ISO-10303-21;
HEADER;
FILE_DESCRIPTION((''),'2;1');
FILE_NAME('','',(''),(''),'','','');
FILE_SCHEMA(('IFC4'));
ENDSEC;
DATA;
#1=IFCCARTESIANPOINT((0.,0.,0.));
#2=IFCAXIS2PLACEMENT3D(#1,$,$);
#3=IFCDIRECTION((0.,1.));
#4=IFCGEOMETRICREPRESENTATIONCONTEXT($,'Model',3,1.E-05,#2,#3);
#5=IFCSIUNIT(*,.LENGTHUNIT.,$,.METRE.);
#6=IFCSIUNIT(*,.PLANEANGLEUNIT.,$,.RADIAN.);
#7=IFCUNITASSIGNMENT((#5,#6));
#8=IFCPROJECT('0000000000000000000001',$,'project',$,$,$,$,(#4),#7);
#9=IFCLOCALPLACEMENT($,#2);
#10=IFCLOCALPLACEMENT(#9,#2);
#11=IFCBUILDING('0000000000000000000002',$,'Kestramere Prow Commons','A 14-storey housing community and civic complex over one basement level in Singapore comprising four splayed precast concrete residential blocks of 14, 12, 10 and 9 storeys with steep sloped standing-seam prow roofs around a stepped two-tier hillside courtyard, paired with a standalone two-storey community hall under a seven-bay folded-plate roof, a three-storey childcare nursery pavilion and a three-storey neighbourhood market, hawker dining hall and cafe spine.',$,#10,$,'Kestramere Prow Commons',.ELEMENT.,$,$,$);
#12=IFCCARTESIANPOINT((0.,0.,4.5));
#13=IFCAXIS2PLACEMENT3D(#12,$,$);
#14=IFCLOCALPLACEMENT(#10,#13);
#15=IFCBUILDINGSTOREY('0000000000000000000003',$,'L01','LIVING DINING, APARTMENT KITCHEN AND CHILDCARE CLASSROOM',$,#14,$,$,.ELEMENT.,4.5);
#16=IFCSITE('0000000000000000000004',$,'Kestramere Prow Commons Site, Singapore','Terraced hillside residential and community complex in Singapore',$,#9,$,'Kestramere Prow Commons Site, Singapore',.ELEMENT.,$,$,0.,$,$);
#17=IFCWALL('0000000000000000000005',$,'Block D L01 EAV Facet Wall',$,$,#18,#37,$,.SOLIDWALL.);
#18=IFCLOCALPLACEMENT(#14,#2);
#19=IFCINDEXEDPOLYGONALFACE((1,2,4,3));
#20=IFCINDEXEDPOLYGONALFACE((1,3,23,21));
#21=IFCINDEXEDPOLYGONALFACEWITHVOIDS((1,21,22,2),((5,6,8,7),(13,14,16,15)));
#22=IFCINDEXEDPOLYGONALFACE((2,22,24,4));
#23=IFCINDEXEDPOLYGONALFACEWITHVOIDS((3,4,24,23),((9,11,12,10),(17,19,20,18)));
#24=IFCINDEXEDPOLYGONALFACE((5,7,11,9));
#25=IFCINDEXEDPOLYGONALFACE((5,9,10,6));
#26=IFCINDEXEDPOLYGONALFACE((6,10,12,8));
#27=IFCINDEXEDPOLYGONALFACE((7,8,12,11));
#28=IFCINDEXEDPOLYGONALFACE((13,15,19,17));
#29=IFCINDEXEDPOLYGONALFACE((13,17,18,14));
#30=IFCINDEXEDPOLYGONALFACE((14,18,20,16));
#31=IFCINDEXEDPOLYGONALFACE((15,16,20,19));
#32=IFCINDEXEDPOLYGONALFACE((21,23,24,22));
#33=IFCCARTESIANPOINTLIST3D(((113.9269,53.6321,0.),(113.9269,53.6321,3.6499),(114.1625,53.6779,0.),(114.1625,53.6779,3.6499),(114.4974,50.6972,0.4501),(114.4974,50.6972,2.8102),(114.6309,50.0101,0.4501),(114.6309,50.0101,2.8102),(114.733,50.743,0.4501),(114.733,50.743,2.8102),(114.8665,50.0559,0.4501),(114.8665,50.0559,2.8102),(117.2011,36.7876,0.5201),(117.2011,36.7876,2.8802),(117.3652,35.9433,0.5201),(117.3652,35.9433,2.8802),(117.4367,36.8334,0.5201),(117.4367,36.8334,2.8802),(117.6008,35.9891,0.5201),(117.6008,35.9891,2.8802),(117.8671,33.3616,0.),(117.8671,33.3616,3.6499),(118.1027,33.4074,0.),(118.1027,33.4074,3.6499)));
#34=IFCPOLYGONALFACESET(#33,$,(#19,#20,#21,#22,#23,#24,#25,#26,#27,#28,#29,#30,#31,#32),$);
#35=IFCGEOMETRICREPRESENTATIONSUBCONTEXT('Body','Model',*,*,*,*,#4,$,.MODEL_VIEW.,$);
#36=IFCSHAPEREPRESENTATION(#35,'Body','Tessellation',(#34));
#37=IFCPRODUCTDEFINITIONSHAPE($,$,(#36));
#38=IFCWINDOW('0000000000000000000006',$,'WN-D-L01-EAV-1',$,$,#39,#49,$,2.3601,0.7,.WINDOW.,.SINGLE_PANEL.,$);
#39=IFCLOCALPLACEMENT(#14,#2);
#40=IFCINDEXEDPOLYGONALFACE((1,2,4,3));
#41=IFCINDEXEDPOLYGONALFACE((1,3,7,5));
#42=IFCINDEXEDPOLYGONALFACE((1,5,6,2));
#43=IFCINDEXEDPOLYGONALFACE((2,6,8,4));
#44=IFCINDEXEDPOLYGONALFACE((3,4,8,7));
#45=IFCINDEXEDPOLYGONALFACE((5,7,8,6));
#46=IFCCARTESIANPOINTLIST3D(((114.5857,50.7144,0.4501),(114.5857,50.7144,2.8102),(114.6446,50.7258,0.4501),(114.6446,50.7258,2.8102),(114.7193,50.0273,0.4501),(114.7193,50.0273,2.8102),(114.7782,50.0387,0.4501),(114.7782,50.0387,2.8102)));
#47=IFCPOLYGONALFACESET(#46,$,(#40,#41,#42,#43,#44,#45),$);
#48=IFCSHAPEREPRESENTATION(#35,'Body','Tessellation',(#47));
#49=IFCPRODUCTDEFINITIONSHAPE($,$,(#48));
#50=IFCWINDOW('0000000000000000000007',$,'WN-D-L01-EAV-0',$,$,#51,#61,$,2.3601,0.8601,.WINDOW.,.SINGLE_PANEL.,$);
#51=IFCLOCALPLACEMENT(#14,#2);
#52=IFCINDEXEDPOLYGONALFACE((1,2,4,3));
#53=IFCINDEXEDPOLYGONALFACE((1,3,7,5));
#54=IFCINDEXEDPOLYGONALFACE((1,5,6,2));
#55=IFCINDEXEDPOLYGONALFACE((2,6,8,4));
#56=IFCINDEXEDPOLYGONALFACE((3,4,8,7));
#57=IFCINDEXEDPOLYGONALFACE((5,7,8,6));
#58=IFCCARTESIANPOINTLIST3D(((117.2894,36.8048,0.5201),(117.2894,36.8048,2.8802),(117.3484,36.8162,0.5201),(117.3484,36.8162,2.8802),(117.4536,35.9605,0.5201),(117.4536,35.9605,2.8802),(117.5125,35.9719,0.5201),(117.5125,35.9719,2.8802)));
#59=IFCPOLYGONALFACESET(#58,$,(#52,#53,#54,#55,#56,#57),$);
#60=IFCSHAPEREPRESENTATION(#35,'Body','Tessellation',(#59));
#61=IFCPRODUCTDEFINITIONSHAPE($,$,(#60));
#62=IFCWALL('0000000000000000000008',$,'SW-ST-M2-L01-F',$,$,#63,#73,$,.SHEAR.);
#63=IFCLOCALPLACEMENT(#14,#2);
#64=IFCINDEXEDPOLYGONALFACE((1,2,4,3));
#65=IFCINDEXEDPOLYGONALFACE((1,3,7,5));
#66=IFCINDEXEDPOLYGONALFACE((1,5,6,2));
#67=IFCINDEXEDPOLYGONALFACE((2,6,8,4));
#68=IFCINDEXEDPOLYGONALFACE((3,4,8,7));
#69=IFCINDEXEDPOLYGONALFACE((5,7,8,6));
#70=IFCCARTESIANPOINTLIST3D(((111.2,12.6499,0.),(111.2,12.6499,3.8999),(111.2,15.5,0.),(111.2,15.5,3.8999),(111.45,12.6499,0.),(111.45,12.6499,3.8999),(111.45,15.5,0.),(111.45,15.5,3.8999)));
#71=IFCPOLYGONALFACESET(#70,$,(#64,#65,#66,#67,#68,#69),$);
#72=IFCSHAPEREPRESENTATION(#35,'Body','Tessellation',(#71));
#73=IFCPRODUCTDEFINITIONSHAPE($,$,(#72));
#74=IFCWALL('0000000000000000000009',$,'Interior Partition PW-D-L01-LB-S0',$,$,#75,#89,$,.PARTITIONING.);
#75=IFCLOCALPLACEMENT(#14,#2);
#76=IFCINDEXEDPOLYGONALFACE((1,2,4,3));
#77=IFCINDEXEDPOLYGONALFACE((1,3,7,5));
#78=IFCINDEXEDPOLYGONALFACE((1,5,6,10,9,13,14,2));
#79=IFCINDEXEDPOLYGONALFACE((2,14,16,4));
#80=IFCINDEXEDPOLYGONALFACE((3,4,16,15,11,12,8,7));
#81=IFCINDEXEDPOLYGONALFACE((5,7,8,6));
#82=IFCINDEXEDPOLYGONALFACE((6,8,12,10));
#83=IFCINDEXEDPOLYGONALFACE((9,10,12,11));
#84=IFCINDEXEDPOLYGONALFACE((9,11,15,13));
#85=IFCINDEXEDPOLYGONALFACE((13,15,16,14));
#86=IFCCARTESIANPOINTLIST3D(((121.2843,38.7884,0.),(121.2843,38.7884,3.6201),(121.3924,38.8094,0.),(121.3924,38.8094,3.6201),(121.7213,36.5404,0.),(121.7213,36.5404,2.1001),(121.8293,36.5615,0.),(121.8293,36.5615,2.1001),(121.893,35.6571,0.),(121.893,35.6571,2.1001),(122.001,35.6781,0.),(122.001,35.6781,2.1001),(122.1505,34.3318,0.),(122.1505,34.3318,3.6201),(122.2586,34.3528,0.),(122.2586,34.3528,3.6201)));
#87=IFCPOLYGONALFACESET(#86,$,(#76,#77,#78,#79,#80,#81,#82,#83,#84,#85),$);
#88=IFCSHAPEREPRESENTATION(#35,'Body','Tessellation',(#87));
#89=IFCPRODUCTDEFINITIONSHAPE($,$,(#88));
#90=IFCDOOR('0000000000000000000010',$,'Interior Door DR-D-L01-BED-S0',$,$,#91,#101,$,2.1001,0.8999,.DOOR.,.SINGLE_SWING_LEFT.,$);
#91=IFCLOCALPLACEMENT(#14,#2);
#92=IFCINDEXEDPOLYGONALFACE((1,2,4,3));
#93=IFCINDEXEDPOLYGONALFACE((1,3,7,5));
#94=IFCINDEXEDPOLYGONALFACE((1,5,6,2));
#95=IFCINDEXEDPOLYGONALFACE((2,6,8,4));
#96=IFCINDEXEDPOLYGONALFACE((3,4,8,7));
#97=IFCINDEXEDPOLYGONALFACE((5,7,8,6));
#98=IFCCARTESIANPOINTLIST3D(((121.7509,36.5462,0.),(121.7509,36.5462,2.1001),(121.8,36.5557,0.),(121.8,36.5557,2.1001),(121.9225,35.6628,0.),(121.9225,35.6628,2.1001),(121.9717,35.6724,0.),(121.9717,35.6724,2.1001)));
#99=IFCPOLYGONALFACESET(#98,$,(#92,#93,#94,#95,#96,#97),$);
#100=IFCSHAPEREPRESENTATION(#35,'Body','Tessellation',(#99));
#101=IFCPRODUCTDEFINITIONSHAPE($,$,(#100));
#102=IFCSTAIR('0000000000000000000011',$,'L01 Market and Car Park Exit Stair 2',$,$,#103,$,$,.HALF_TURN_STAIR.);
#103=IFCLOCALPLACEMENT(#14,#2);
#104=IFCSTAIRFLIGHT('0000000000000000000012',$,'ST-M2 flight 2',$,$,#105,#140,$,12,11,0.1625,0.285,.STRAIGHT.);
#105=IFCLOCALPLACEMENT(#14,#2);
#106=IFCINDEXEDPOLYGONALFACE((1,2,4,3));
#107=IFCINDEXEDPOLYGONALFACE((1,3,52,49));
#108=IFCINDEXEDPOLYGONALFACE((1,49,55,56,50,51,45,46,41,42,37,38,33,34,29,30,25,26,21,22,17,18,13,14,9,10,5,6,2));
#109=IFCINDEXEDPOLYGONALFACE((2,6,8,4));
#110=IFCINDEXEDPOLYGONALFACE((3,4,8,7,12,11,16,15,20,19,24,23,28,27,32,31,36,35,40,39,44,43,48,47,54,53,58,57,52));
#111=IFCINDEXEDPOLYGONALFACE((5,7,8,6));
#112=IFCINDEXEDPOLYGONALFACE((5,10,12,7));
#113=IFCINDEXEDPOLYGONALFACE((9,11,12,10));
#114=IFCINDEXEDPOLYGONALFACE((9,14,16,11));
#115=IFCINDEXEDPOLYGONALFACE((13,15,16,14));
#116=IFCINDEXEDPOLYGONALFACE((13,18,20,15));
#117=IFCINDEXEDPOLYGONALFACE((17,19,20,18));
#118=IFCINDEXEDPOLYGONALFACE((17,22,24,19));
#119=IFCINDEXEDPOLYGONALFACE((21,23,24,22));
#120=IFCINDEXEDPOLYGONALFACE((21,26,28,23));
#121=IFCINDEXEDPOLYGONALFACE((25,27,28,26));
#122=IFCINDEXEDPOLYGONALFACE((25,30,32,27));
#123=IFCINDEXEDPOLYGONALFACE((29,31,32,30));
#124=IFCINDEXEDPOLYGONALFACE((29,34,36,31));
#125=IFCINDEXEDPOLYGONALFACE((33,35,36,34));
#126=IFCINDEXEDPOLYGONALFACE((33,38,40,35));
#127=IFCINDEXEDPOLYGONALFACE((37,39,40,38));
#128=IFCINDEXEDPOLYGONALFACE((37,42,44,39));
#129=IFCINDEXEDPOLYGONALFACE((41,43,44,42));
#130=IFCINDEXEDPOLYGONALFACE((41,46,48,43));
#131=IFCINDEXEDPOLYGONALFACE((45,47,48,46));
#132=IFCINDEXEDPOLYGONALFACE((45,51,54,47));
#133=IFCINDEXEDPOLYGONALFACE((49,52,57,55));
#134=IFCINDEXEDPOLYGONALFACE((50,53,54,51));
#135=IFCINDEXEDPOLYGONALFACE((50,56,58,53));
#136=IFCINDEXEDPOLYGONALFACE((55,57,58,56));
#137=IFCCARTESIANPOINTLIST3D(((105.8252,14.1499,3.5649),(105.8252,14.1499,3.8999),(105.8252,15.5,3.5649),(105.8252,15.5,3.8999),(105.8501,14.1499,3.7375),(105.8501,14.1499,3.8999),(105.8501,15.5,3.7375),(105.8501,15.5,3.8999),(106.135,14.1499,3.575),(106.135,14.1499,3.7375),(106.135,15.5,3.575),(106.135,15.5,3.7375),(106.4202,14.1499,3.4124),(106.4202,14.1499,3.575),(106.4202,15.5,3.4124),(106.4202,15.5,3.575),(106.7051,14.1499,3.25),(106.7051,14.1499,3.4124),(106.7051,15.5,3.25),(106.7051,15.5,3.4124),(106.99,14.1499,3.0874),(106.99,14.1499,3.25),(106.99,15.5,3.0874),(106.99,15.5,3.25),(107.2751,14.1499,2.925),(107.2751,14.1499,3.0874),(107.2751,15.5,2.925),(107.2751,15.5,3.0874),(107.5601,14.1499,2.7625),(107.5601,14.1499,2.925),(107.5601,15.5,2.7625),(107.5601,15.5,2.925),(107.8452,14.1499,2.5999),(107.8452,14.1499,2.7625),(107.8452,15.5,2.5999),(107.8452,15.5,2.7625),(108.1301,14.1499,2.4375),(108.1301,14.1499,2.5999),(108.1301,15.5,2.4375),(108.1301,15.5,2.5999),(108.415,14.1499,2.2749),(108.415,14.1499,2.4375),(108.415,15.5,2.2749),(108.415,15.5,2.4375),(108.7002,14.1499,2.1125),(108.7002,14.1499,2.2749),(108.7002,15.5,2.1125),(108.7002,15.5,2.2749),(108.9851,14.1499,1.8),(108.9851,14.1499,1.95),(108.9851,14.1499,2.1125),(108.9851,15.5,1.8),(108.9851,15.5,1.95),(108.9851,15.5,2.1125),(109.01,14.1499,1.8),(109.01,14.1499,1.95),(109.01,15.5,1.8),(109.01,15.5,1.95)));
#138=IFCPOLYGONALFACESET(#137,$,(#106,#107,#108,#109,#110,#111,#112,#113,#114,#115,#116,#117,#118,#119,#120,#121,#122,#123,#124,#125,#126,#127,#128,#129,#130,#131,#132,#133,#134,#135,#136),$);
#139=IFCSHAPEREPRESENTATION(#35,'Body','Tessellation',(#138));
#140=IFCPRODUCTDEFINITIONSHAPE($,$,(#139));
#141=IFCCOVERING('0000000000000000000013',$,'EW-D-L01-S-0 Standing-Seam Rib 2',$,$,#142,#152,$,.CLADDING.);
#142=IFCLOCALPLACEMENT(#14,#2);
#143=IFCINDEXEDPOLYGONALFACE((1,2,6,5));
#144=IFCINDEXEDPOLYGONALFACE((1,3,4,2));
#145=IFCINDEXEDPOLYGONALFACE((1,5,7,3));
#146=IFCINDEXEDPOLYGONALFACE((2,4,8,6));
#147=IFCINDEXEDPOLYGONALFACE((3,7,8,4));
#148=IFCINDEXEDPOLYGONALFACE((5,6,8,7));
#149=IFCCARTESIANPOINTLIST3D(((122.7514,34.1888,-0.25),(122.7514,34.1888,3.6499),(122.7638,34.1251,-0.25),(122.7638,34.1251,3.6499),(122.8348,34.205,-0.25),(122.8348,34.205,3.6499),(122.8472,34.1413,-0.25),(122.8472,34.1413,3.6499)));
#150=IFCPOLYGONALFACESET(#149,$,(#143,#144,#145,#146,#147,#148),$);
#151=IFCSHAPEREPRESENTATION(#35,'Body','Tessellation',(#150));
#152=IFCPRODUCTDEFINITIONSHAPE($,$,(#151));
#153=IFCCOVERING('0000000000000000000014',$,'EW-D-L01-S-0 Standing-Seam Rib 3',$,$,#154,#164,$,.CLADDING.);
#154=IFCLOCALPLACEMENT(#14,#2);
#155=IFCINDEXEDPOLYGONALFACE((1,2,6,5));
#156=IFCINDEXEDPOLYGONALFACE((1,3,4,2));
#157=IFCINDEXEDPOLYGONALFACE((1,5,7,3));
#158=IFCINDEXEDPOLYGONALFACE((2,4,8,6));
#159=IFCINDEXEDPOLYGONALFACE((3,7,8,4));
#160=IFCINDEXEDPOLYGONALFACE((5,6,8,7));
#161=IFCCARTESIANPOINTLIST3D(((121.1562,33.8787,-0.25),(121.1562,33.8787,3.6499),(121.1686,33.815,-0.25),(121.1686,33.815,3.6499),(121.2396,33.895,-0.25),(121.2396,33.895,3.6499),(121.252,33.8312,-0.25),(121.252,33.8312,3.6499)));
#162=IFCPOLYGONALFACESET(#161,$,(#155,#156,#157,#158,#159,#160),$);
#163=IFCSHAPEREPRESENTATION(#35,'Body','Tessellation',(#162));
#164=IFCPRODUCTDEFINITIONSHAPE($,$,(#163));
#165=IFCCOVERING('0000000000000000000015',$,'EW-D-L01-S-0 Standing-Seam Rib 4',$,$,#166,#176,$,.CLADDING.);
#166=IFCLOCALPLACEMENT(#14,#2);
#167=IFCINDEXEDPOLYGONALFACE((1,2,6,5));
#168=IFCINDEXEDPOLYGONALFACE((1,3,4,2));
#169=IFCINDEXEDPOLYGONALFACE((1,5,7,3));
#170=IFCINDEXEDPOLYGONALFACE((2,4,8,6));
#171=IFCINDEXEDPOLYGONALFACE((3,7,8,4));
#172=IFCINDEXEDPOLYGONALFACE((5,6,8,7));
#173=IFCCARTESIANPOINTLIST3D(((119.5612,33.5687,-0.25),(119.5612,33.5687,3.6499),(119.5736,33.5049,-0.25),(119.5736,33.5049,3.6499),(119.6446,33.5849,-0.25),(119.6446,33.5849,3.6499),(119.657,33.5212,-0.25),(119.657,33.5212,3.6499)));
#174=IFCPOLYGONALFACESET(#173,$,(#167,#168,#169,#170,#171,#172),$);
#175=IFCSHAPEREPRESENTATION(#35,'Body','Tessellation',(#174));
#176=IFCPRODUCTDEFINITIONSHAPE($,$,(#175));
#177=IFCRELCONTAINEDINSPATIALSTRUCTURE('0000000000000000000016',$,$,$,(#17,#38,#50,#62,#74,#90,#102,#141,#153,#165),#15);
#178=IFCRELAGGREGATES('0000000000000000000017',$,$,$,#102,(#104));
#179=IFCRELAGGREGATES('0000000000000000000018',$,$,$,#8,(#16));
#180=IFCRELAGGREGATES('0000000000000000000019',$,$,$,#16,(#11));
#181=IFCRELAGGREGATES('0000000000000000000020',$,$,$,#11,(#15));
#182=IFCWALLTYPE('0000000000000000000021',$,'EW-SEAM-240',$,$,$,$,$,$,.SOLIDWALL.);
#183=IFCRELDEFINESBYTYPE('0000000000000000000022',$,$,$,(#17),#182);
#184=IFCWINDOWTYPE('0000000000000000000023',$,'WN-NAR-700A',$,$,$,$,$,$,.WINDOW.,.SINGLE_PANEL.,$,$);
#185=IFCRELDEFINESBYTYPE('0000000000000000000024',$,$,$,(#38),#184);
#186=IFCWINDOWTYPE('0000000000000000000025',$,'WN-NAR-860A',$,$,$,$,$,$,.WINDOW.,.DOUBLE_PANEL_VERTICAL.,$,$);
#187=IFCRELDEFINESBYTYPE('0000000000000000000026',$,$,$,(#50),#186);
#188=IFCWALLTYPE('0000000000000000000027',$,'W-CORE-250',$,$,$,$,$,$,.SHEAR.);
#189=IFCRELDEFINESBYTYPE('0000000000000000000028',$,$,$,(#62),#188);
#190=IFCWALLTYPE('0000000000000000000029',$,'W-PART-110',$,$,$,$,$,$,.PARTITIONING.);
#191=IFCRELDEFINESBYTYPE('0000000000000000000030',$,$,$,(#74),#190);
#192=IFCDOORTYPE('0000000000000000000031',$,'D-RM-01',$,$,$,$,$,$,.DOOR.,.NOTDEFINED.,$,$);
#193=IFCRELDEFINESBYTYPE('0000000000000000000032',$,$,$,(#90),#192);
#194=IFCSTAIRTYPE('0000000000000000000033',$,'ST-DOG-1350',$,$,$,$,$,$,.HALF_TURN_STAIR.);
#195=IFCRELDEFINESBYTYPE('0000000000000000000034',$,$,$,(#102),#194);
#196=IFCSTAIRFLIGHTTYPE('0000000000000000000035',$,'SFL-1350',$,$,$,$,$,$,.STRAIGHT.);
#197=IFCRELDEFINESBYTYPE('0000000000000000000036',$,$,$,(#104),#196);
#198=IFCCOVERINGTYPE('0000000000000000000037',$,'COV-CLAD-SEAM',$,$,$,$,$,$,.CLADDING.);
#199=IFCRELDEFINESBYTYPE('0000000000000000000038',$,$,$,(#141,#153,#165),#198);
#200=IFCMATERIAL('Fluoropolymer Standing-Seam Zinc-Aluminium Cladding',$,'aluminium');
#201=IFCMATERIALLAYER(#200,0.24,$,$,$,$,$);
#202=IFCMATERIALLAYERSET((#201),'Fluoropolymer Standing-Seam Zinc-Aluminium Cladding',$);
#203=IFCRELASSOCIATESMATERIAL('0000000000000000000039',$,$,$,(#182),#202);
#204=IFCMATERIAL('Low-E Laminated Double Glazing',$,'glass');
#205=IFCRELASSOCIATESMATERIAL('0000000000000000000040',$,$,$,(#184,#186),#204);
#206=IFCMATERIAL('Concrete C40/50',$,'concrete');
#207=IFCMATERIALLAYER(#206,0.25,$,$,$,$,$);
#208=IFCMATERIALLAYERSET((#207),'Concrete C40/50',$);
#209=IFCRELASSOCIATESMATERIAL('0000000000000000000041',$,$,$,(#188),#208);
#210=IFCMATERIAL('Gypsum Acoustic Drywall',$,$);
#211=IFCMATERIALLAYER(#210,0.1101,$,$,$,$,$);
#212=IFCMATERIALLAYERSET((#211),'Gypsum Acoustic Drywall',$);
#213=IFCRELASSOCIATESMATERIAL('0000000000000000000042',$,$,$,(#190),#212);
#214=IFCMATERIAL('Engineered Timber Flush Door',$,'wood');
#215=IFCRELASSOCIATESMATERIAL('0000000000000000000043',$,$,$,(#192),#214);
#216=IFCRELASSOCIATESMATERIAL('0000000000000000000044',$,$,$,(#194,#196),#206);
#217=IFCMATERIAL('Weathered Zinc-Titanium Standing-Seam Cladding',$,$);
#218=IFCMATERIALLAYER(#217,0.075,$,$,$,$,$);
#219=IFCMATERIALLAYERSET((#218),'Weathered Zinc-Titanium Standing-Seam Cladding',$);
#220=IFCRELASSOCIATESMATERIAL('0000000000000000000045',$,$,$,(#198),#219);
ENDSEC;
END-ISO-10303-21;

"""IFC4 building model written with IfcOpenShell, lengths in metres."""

from ifc_helpers import new_model, si_unit, direction, frame, frame_2d, origin, origin_2d, place, context, subcontext, project, spatial, polyline, rectangle, outline, extrude, material, layer, layer_set, type_object, element, fill, aggregate, save


model = new_model("IFC4")

# Units and contexts
model_context = context("Model", 3, precision=1e-05, world=origin(), true_north=direction((0.0, 1.0)))
body_context = subcontext(model_context, "Body", "Model", "MODEL_VIEW")
ifc_project = project(units=[si_unit("LENGTHUNIT", "METRE"), si_unit("PLANEANGLEUNIT", "RADIAN")], contexts=[model_context])

# Site, building, storey
site_placement = place(None, origin())
site = spatial("IfcSite", under=ifc_project, at=site_placement, Name="Kestramere Prow Commons Site, Singapore", Description="Terraced hillside residential and community complex in Singapore", LongName="Kestramere Prow Commons Site, Singapore", CompositionType="ELEMENT", RefElevation=0.0)
building_placement = place(site_placement, origin())
building = spatial("IfcBuilding", under=site, at=building_placement, Name="Kestramere Prow Commons", Description="A 14-storey housing community and civic complex over one basement level in Singapore comprising four splayed precast concrete residential blocks of 14, 12, 10 and 9 storeys with steep sloped standing-seam prow roofs around a stepped two-tier hillside courtyard, paired with a standalone two-storey community hall under a seven-bay folded-plate roof, a three-storey childcare nursery pavilion and a three-storey neighbourhood market, hawker dining hall and cafe spine.", LongName="Kestramere Prow Commons", CompositionType="ELEMENT")
storey_placement = place(building_placement, frame((0.0, 0.0, 4.5)))
storey = spatial("IfcBuildingStorey", under=building, at=storey_placement, Name="L01", Description="LIVING DINING, APARTMENT KITCHEN AND CHILDCARE CLASSROOM", CompositionType="ELEMENT", Elevation=4.5)

# Shared definitions
ifc_material_1 = material(Name="Concrete C40/50", Category="concrete")

# Shared definitions
ifc_material_2 = material(Name="Low-E Laminated Double Glazing", Category="glass")

# Wall, openings, windows
ifc_material_3 = material(Name="Fluoropolymer Standing-Seam Zinc-Aluminium Cladding", Category="aluminium")
ifc_layer_1 = layer(ifc_material_3, 0.24)
ifc_layer_set_1 = layer_set([ifc_layer_1], Name="Fluoropolymer Standing-Seam Zinc-Aluminium Cladding")
wall_type_1 = type_object("IfcWallType", Name="EW-SEAM-240", PredefinedType="SOLIDWALL", material=ifc_layer_set_1)
wall_1_placement = place(storey_placement, frame((117.9849, 33.3845, 0.0), z_axis=(0.0, 0.0, 1.0), x_axis=(-0.190809, 0.981627, 0.0)))
wall_1 = element("IfcWall", 1, at=wall_1_placement, inside=storey, type_object=wall_type_1, Name="Block D L01 EAV Facet Wall", PredefinedType="SOLIDWALL", context=body_context, shape_type="SweptSolid", body=[
    extrude(rectangle(XDim=20.6499, YDim=0.24, at=frame_2d((10.325, 0.0))), origin(), (0.0, 0.0, 1.0), 3.6499),
])
opening_1_placement = place(wall_1_placement, frame((2.6299, 0.0, 0.52)))
opening_1 = element("IfcOpeningElement", 2, at=opening_1_placement, cuts=wall_1, PredefinedType="OPENING", context=body_context, shape_type="SweptSolid", body=[
    extrude(rectangle(XDim=0.8601, YDim=2.3601, at=frame_2d((0.4302, 1.1802))), frame((0.0, 0.135, 0.0), z_axis=(0.0, -1.0, 0.0), x_axis=(1.0, 0.0, 0.0)), (0.0, 0.0, 1.0), 0.27),
])
opening_2_placement = place(wall_1_placement, frame((16.96, 0.0, 0.45)))
opening_2 = element("IfcOpeningElement", 3, at=opening_2_placement, cuts=wall_1, PredefinedType="OPENING", context=body_context, shape_type="SweptSolid", body=[
    extrude(rectangle(XDim=0.7, YDim=2.3601, at=frame_2d((0.3501, 1.1802))), frame((0.0, 0.135, 0.0), z_axis=(0.0, -1.0, 0.0), x_axis=(1.0, 0.0, 0.0)), (0.0, 0.0, 1.0), 0.27),
])
window_type_1 = type_object("IfcWindowType", Name="WN-NAR-700A", PartitioningType="SINGLE_PANEL", PredefinedType="WINDOW", material=ifc_material_2)
window_1_placement = place(opening_2_placement, origin())
window_1 = element("IfcWindow", 4, at=window_1_placement, inside=storey, type_object=window_type_1, Name="WN-D-L01-EAV-1", OverallHeight=2.3601, OverallWidth=0.7, PartitioningType="SINGLE_PANEL", PredefinedType="WINDOW", context=body_context, shape_type="SweptSolid", body=[
    extrude(rectangle(XDim=0.7, YDim=2.3601, at=frame_2d((0.3501, 1.1802))), frame((0.0, 0.03, 0.0), z_axis=(0.0, -1.0, 0.0), x_axis=(1.0, 0.0, 0.0)), (0.0, 0.0, 1.0), 0.0601),
])
fill(opening_2, window_1)
window_type_2 = type_object("IfcWindowType", Name="WN-NAR-860A", PartitioningType="DOUBLE_PANEL_VERTICAL", PredefinedType="WINDOW", material=ifc_material_2)
window_2_placement = place(opening_1_placement, origin())
window_2 = element("IfcWindow", 5, at=window_2_placement, inside=storey, type_object=window_type_2, Name="WN-D-L01-EAV-0", OverallHeight=2.3601, OverallWidth=0.8601, PartitioningType="SINGLE_PANEL", PredefinedType="WINDOW", context=body_context, shape_type="SweptSolid", body=[
    extrude(rectangle(XDim=0.8601, YDim=2.3601, at=frame_2d((0.4302, 1.1802))), frame((0.0, 0.03, 0.0), z_axis=(0.0, -1.0, 0.0), x_axis=(1.0, 0.0, 0.0)), (0.0, 0.0, 1.0), 0.0601),
])
fill(opening_1, window_2)

# Wall
ifc_layer_2 = layer(ifc_material_1, 0.25)
ifc_layer_set_2 = layer_set([ifc_layer_2], Name="Concrete C40/50")
wall_type_2 = type_object("IfcWallType", Name="W-CORE-250", PredefinedType="SHEAR", material=ifc_layer_set_2)
wall_2_placement = place(storey_placement, frame((111.325, 12.6499, 0.0), z_axis=(0.0, 0.0, 1.0), x_axis=(0.0, 1.0, 0.0)))
element("IfcWall", 6, at=wall_2_placement, inside=storey, type_object=wall_type_2, Name="SW-ST-M2-L01-F", PredefinedType="SHEAR", context=body_context, shape_type="SweptSolid", body=[
    extrude(rectangle(XDim=2.8501, YDim=0.25, at=frame_2d((1.425, 0.0))), origin(), (0.0, 0.0, 1.0), 3.8999),
])

# Wall, opening, door
ifc_material_4 = material(Name="Gypsum Acoustic Drywall")
ifc_layer_3 = layer(ifc_material_4, 0.1101)
ifc_layer_set_3 = layer_set([ifc_layer_3], Name="Gypsum Acoustic Drywall")
wall_type_3 = type_object("IfcWallType", Name="W-PART-110", PredefinedType="PARTITIONING", material=ifc_layer_set_3)
wall_3_placement = place(storey_placement, frame((122.2046, 34.3423, 0.0), z_axis=(0.0, 0.0, 1.0), x_axis=(-0.190798, 0.981629, 0.0)))
wall_3 = element("IfcWall", 7, at=wall_3_placement, inside=storey, type_object=wall_type_3, Name="Interior Partition PW-D-L01-LB-S0", PredefinedType="PARTITIONING", context=body_context, shape_type="SweptSolid", body=[
    extrude(rectangle(XDim=4.54, YDim=0.1101, at=frame_2d((2.27, 0.0))), origin(), (0.0, 0.0, 1.0), 3.6201),
])
opening_3_placement = place(wall_3_placement, frame((1.3501, 0.0, 0.0)))
opening_3 = element("IfcOpeningElement", 8, at=opening_3_placement, cuts=wall_3, PredefinedType="OPENING", context=body_context, shape_type="SweptSolid", body=[
    extrude(rectangle(XDim=0.8999, YDim=2.1001, at=frame_2d((0.45, 1.05))), frame((0.0, 0.0701, 0.0), z_axis=(0.0, -1.0, 0.0), x_axis=(1.0, 0.0, 0.0)), (0.0, 0.0, 1.0), 0.1401),
])
ifc_material_5 = material(Name="Engineered Timber Flush Door", Category="wood")
door_type = type_object("IfcDoorType", Name="D-RM-01", OperationType="NOTDEFINED", PredefinedType="DOOR", material=ifc_material_5)
door_placement = place(opening_3_placement, origin())
door = element("IfcDoor", 9, at=door_placement, inside=storey, type_object=door_type, Name="Interior Door DR-D-L01-BED-S0", OperationType="SINGLE_SWING_LEFT", OverallHeight=2.1001, OverallWidth=0.8999, PredefinedType="DOOR", context=body_context, shape_type="SweptSolid", body=[
    extrude(rectangle(XDim=0.8999, YDim=2.1001, at=frame_2d((0.45, 1.05))), frame((0.0, 0.0249, 0.0), z_axis=(0.0, -1.0, 0.0), x_axis=(1.0, 0.0, 0.0)), (0.0, 0.0, 1.0), 0.05),
])
fill(opening_3, door)

# Stair, stair flight
stair_type = type_object("IfcStairType", Name="ST-DOG-1350", PredefinedType="HALF_TURN_STAIR", material=ifc_material_1)
stair_placement = place(storey_placement, origin())
stair = element("IfcStair", 10, at=stair_placement, inside=storey, type_object=stair_type, Name="L01 Market and Car Park Exit Stair 2", PredefinedType="HALF_TURN_STAIR")
stair_flight_type = type_object("IfcStairFlightType", Name="SFL-1350", PredefinedType="STRAIGHT", material=ifc_material_1)
stair_flight_placement = place(storey_placement, frame((108.9851, 14.825, 1.95), z_axis=(0.0, 0.0, 1.0), x_axis=(-1.0, 0.0, 0.0)))
stair_flight = element("IfcStairFlight", 11, at=stair_flight_placement, type_object=stair_flight_type, Name="ST-M2 flight 2", NumberOfRisers=12, NumberOfTreads=11, PredefinedType="STRAIGHT", RiserHeight=0.1625, TreadLength=0.285, context=body_context, shape_type="SweptSolid", body=[
    extrude(outline(polyline([(-0.0249, 0.0), (0.0, 0.0), (0.0, 0.1626), (0.2849, 0.1626), (0.2849, 0.325), (0.5701, 0.325), (0.5701, 0.4875), (0.855, 0.4875), (0.855, 0.6499), (1.1399, 0.6499), (1.1399, 0.8125), (1.425, 0.8125), (1.425, 0.9751), (1.71, 0.9751), (1.71, 1.1375), (1.9951, 1.1375), (1.9951, 1.3), (2.28, 1.3), (2.28, 1.4624), (2.5649, 1.4624), (2.5649, 1.625), (2.8501, 1.625), (2.8501, 1.7876), (3.135, 1.7876), (3.135, 1.95), (3.1599, 1.95), (3.1599, 1.615), (0.0, -0.1499), (-0.0249, -0.1499), (-0.0249, 0.0)])), frame((0.0, 0.675, 0.0), z_axis=(0.0, -1.0, 0.0), x_axis=(1.0, 0.0, 0.0)), (0.0, 0.0, 1.0), 1.3501),
])
aggregate(stair, [stair_flight])

# Coverings
ifc_material_6 = material(Name="Weathered Zinc-Titanium Standing-Seam Cladding")
ifc_layer_4 = layer(ifc_material_6, 0.075)
ifc_layer_set_4 = layer_set([ifc_layer_4], Name="Weathered Zinc-Titanium Standing-Seam Cladding")
covering_type = type_object("IfcCoveringType", Name="COV-CLAD-SEAM", PredefinedType="CLADDING", material=ifc_layer_set_4)
for number, where, z_axis, x_axis, name in (
    (12, (122.7993, 34.165, -0.25), (0.0, 0.0, 1.0), (-0.981627, -0.190809, 0.0), "EW-D-L01-S-0 Standing-Seam Rib 2"),
    (13, (121.2041, 33.855, -0.25), (0.0, 0.0, 1.0), (-0.981627, -0.190809, 0.0), "EW-D-L01-S-0 Standing-Seam Rib 3"),
    (14, (119.6091, 33.5449, -0.25), (0.0, 0.0, 1.0), (-0.981627, -0.190809, 0.0), "EW-D-L01-S-0 Standing-Seam Rib 4"),
):
    element("IfcCovering", number, at=place(storey_placement, frame(where, z_axis=z_axis, x_axis=x_axis)), inside=storey, type_object=covering_type, Name=name, PredefinedType="CLADDING", context=body_context, shape_type="SweptSolid", body=[
        extrude(rectangle(XDim=0.085, YDim=0.0649, at=origin_2d()), origin(), (0.0, 0.0, 1.0), 3.8999),
    ])

save(model, "model.ifc")
